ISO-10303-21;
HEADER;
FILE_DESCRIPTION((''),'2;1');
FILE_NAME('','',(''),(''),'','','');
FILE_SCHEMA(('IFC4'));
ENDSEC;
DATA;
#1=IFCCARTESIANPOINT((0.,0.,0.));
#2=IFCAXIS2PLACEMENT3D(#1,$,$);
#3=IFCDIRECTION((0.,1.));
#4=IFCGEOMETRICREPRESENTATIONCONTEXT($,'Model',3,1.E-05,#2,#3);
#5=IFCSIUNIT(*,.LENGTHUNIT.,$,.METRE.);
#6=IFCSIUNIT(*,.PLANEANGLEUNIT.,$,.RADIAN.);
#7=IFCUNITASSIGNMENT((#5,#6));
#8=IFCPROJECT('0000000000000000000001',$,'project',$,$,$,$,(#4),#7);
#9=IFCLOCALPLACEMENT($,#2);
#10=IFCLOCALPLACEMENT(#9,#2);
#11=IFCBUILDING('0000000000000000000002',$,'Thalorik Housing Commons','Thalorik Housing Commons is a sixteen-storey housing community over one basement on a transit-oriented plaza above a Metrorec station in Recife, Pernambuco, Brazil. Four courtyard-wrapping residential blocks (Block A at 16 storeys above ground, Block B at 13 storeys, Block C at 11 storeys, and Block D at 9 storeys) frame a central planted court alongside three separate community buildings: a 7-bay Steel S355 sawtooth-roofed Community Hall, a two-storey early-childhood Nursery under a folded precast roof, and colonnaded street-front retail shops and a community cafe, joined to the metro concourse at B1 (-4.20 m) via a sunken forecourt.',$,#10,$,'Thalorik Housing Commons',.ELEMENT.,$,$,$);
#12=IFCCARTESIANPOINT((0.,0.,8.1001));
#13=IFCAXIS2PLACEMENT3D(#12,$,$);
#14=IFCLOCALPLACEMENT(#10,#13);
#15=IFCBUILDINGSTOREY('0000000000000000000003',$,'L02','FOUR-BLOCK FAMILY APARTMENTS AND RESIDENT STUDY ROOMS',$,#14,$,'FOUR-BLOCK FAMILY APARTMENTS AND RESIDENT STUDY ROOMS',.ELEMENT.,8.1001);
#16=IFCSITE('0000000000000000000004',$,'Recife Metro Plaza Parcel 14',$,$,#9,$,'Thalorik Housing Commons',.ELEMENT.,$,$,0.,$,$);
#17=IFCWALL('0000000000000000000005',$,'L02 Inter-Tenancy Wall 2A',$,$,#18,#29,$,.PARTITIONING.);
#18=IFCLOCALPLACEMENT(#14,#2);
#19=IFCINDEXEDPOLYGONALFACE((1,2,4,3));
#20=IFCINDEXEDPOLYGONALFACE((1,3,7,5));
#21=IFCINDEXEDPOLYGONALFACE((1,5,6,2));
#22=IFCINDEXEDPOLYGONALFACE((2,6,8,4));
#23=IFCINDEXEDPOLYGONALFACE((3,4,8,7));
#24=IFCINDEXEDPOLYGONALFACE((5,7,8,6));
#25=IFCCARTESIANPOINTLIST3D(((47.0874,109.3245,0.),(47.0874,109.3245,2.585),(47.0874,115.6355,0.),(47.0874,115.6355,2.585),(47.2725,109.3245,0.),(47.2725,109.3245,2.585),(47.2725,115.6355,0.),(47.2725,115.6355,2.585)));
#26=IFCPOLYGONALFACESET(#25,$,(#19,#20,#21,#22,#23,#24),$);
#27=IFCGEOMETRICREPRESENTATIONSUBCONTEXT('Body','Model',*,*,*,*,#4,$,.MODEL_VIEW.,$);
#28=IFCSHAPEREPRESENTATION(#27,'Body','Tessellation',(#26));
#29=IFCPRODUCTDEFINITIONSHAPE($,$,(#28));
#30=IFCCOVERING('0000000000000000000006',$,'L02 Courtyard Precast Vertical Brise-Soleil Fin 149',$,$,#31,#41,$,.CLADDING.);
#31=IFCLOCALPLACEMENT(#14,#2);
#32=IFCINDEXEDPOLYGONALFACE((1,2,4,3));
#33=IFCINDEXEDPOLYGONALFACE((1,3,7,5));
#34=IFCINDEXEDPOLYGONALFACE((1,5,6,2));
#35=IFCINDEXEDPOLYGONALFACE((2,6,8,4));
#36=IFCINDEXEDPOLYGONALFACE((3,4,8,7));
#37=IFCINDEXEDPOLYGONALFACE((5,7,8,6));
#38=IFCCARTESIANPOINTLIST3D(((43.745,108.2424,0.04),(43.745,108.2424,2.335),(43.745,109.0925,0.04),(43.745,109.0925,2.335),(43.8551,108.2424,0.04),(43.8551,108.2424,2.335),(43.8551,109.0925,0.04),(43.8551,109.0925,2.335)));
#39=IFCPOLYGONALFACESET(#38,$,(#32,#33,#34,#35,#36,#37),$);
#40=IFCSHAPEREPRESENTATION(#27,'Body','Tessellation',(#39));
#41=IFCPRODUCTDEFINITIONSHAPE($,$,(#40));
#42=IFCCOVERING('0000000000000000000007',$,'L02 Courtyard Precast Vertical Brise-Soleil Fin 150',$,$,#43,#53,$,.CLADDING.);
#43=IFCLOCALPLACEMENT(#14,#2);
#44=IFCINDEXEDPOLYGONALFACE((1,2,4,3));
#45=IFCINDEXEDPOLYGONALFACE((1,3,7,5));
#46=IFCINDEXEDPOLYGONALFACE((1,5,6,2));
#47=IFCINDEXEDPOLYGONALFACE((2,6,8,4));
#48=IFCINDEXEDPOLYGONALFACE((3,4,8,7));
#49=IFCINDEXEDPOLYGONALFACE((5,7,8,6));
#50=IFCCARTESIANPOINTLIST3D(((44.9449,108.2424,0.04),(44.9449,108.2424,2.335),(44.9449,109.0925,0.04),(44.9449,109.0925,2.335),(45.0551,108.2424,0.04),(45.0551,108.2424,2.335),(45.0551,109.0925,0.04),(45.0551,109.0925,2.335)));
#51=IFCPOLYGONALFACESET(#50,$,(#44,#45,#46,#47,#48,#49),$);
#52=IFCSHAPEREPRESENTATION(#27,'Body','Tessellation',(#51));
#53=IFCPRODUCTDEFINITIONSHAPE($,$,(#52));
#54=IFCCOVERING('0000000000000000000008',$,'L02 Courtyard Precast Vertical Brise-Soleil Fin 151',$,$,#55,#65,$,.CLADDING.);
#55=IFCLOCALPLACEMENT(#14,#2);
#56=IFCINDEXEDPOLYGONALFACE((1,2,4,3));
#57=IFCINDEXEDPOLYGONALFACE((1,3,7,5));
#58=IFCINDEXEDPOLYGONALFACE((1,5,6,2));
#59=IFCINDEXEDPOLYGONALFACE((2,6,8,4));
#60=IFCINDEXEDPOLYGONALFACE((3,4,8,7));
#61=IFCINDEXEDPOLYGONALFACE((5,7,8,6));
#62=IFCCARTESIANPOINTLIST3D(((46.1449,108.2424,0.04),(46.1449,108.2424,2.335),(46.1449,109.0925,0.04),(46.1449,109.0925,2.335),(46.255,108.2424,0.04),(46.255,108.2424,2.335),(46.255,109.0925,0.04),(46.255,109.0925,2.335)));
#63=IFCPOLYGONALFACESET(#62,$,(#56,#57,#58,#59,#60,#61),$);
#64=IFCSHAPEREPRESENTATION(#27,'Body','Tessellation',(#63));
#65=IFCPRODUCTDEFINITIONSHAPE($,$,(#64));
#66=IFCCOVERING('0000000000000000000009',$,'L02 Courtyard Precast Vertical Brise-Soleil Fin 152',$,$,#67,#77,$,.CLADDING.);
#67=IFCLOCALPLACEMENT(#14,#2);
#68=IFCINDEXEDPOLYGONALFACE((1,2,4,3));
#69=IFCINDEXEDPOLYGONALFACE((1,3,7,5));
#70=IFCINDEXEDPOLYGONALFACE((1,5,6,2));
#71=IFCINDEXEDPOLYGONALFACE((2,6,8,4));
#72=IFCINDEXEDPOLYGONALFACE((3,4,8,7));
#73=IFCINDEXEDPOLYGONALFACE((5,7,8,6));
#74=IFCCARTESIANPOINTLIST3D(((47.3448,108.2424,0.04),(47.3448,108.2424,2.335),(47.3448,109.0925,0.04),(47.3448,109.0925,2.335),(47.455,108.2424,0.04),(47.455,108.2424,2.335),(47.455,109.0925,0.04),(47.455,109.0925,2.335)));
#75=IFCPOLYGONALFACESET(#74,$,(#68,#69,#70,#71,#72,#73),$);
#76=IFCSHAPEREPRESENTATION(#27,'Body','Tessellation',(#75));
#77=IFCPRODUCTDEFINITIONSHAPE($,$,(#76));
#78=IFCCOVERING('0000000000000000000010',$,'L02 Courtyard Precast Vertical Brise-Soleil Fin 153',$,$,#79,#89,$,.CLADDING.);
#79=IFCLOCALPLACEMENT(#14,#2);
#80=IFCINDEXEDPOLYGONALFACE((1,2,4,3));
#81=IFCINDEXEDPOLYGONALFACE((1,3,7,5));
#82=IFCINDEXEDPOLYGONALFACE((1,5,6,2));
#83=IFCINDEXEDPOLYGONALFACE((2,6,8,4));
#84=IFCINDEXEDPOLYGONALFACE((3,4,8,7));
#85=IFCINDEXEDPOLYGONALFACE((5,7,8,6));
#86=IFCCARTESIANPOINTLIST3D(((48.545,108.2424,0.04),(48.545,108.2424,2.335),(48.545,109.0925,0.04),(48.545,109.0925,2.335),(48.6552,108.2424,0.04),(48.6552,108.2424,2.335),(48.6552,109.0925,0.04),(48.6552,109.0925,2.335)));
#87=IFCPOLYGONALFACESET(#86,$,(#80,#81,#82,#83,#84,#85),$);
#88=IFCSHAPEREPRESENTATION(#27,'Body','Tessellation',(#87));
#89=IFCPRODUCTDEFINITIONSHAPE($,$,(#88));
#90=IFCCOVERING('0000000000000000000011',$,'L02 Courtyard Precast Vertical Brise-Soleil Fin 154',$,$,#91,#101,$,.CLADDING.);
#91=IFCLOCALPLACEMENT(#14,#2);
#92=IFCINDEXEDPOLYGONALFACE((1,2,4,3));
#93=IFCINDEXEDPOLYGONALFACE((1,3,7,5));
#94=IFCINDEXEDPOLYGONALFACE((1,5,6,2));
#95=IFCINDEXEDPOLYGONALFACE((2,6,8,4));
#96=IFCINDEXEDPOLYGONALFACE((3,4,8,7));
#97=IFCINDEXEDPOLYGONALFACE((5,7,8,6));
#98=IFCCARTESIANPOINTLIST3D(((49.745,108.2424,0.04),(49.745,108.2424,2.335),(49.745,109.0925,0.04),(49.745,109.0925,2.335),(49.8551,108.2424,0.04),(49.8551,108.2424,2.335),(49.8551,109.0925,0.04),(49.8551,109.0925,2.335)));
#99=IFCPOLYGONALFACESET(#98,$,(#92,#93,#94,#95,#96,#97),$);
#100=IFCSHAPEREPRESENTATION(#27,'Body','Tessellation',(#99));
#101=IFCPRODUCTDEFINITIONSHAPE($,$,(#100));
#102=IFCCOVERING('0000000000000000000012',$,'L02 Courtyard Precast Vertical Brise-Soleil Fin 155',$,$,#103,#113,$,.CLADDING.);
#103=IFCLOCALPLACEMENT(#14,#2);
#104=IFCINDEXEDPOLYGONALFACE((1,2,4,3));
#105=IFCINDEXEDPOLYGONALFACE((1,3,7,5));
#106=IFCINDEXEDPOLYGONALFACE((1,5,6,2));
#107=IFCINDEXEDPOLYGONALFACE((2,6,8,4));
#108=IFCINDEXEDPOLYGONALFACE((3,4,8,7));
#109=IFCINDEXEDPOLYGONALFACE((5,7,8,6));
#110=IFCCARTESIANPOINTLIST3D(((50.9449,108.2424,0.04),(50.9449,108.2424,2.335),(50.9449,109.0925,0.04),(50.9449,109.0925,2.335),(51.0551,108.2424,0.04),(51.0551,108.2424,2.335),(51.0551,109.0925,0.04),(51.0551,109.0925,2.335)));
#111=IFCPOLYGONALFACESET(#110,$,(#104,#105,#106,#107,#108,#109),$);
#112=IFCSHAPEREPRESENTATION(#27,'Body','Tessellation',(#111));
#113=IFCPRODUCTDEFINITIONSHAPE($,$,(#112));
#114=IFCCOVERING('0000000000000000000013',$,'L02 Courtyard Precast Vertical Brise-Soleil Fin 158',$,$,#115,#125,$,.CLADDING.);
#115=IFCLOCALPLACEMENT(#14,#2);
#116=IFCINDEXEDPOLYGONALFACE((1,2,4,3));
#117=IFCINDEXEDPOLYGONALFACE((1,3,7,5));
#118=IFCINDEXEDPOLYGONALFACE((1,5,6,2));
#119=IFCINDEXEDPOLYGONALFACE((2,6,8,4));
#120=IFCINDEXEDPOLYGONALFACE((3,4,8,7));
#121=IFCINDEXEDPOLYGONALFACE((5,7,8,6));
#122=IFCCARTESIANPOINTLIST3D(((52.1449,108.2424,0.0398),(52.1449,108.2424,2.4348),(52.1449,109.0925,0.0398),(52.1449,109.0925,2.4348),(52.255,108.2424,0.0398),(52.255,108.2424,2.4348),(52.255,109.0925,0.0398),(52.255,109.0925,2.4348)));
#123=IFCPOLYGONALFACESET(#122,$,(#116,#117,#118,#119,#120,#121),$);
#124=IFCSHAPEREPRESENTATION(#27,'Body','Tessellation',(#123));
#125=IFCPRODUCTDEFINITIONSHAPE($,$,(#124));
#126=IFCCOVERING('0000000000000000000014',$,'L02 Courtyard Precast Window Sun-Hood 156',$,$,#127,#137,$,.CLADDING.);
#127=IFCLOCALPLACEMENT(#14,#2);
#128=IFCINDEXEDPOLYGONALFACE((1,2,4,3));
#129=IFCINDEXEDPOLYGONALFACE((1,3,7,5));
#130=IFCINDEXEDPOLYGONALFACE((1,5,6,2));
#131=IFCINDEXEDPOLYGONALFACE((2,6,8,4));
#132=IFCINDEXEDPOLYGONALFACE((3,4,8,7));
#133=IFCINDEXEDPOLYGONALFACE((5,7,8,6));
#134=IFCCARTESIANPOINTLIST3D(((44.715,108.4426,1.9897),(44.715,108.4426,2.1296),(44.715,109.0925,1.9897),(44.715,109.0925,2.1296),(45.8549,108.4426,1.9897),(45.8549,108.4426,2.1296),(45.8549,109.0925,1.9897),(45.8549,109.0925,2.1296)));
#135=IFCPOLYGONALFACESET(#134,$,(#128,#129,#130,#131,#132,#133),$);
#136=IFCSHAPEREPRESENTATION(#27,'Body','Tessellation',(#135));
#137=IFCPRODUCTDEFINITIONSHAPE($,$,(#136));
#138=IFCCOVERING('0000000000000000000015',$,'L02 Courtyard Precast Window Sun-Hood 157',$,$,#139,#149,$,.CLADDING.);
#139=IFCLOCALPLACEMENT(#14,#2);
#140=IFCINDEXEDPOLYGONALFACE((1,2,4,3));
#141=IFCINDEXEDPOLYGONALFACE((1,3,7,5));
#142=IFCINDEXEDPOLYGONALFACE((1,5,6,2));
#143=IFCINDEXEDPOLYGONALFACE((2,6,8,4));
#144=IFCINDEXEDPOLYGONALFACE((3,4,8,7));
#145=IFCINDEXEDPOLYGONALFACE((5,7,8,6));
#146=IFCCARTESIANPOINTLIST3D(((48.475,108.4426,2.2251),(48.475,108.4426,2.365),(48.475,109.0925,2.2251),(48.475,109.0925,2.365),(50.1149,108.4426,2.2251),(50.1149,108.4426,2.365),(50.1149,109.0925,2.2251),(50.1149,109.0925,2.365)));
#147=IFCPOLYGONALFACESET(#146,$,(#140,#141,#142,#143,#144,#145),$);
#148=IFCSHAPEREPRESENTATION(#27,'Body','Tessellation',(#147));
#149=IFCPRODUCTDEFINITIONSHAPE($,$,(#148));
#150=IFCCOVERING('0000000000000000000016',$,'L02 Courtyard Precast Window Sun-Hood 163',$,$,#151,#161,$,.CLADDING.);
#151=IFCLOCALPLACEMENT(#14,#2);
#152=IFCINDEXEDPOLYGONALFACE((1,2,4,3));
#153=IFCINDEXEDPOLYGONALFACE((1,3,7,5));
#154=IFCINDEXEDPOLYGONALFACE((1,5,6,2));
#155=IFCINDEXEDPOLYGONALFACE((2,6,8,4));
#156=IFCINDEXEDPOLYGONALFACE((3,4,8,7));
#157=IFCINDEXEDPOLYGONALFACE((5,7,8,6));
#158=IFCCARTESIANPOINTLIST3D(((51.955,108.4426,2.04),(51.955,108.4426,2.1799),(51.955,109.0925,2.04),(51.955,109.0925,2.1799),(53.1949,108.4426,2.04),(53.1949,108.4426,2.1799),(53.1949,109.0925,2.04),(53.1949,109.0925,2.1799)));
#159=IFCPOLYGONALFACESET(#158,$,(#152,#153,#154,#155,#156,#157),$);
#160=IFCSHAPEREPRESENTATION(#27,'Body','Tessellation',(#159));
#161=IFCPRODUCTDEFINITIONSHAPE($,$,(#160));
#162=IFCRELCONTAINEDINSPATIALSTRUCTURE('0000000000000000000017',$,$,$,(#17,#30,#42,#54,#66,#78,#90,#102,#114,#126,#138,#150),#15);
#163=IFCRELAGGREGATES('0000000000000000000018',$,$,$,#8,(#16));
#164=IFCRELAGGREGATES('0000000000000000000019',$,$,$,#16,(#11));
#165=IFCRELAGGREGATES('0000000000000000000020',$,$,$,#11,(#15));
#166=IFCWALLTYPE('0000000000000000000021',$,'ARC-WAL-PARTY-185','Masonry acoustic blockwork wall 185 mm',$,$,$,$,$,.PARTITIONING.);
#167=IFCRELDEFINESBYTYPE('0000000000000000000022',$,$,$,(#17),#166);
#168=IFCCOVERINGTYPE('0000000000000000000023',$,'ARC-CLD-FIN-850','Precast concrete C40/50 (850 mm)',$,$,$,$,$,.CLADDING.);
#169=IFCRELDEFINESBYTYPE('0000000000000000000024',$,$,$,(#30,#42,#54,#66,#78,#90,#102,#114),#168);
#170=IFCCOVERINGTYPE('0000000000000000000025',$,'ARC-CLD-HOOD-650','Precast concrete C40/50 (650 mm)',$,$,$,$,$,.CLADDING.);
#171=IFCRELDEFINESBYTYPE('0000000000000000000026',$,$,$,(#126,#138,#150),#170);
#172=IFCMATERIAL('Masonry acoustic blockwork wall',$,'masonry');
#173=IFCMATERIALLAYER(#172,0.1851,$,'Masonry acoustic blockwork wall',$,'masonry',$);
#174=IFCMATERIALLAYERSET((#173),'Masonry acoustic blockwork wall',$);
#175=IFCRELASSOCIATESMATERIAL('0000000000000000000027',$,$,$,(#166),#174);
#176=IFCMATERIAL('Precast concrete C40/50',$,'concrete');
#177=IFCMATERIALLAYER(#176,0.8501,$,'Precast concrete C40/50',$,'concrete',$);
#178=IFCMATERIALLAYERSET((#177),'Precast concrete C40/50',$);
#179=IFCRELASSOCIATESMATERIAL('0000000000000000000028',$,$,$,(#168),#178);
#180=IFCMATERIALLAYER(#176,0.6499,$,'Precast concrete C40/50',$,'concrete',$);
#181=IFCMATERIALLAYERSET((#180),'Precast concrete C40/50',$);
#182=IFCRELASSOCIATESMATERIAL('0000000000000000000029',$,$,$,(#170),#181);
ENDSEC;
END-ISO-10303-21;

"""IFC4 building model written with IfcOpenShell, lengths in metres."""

from ifc_helpers import new_model, si_unit, direction, frame, frame_2d, origin, origin_2d, place, context, subcontext, project, spatial, rectangle, extrude, material, layer, layer_set, type_object, element, save


model = new_model("IFC4")

# Units and contexts
model_context = context("Model", 3, precision=1e-05, world=origin(), true_north=direction((0.0, 1.0)))
body_context = subcontext(model_context, "Body", "Model", "MODEL_VIEW")
ifc_project = project(units=[si_unit("LENGTHUNIT", "METRE"), si_unit("PLANEANGLEUNIT", "RADIAN")], contexts=[model_context])

# Site, building, storey
site_placement = place(None, origin())
site = spatial("IfcSite", under=ifc_project, at=site_placement, Name="Recife Metro Plaza Parcel 14", LongName="Thalorik Housing Commons", CompositionType="ELEMENT", RefElevation=0.0)
building_placement = place(site_placement, origin())
building = spatial("IfcBuilding", under=site, at=building_placement, Name="Thalorik Housing Commons", Description="Thalorik Housing Commons is a sixteen-storey housing community over one basement on a transit-oriented plaza above a Metrorec station in Recife, Pernambuco, Brazil. Four courtyard-wrapping residential blocks (Block A at 16 storeys above ground, Block B at 13 storeys, Block C at 11 storeys, and Block D at 9 storeys) frame a central planted court alongside three separate community buildings: a 7-bay Steel S355 sawtooth-roofed Community Hall, a two-storey early-childhood Nursery under a folded precast roof, and colonnaded street-front retail shops and a community cafe, joined to the metro concourse at B1 (-4.20 m) via a sunken forecourt.", LongName="Thalorik Housing Commons", CompositionType="ELEMENT")
storey_placement = place(building_placement, frame((0.0, 0.0, 8.1001)))
storey = spatial("IfcBuildingStorey", under=building, at=storey_placement, Name="L02", Description="FOUR-BLOCK FAMILY APARTMENTS AND RESIDENT STUDY ROOMS", LongName="FOUR-BLOCK FAMILY APARTMENTS AND RESIDENT STUDY ROOMS", CompositionType="ELEMENT", Elevation=8.1001)

# Shared definitions
ifc_material_1 = material(Name="Precast concrete C40/50", Category="concrete")

# Wall
ifc_material_2 = material(Name="Masonry acoustic blockwork wall", Category="masonry")
ifc_layer_1 = layer(ifc_material_2, 0.1851, Name="Masonry acoustic blockwork wall", Category="masonry")
ifc_layer_set_1 = layer_set([ifc_layer_1], Name="Masonry acoustic blockwork wall")
wall_type_1 = type_object("IfcWallType", Name="ARC-WAL-PARTY-185", Description="Masonry acoustic blockwork wall 185 mm", PredefinedType="PARTITIONING", material=ifc_layer_set_1)
wall_1_placement = place(storey_placement, frame((47.1799, 109.3245, 0.0), z_axis=(0.0, 0.0, 1.0), x_axis=(0.0, 1.0, 0.0)))
element("IfcWall", 1, at=wall_1_placement, inside=storey, type_object=wall_type_1, Name="L02 Inter-Tenancy Wall 2A", PredefinedType="PARTITIONING", context=body_context, shape_type="SweptSolid", body=[
    extrude(rectangle(XDim=6.311, YDim=0.1851, at=frame_2d((3.1555, 0.0))), origin(), (0.0, 0.0, 1.0), 2.585),
])

# Coverings
ifc_layer_2 = layer(ifc_material_1, 0.8501, Name="Precast concrete C40/50", Category="concrete")
ifc_layer_set_2 = layer_set([ifc_layer_2], Name="Precast concrete C40/50")
covering_type_1 = type_object("IfcCoveringType", Name="ARC-CLD-FIN-850", Description="Precast concrete C40/50 (850 mm)", PredefinedType="CLADDING", material=ifc_layer_set_2)
for number, where, z_axis, x_axis, name in (
    (2, (43.8, 108.6675, 0.04), (0.0, 0.0, 1.0), (1.0, 0.0, 0.0), "L02 Courtyard Precast Vertical Brise-Soleil Fin 149"),
    (3, (45.0, 108.6675, 0.04), (0.0, 0.0, 1.0), (1.0, 0.0, 0.0), "L02 Courtyard Precast Vertical Brise-Soleil Fin 150"),
    (4, (46.2, 108.6675, 0.04), (0.0, 0.0, 1.0), (1.0, 0.0, 0.0), "L02 Courtyard Precast Vertical Brise-Soleil Fin 151"),
    (5, (47.3999, 108.6675, 0.04), (0.0, 0.0, 1.0), (1.0, 0.0, 0.0), "L02 Courtyard Precast Vertical Brise-Soleil Fin 152"),
    (6, (48.6001, 108.6675, 0.04), (0.0, 0.0, 1.0), (1.0, 0.0, 0.0), "L02 Courtyard Precast Vertical Brise-Soleil Fin 153"),
    (7, (49.8, 108.6675, 0.04), (0.0, 0.0, 1.0), (1.0, 0.0, 0.0), "L02 Courtyard Precast Vertical Brise-Soleil Fin 154"),
    (8, (51.0, 108.6675, 0.04), (0.0, 0.0, 1.0), (1.0, 0.0, 0.0), "L02 Courtyard Precast Vertical Brise-Soleil Fin 155"),
):
    element("IfcCovering", number, at=place(storey_placement, frame(where, z_axis=z_axis, x_axis=x_axis)), inside=storey, type_object=covering_type_1, Name=name, PredefinedType="CLADDING", context=body_context, shape_type="SweptSolid", body=[
        extrude(rectangle(XDim=0.1101, YDim=0.8501, at=origin_2d()), origin(), (0.0, 0.0, 1.0), 2.2949),
    ])
covering_1_placement = place(storey_placement, frame((52.2, 108.6675, 0.0398), z_axis=(0.0, 0.0, 1.0), x_axis=(1.0, 0.0, 0.0)))
element("IfcCovering", 9, at=covering_1_placement, inside=storey, type_object=covering_type_1, Name="L02 Courtyard Precast Vertical Brise-Soleil Fin 158", PredefinedType="CLADDING", context=body_context, shape_type="SweptSolid", body=[
    extrude(rectangle(XDim=0.1101, YDim=0.8501, at=origin_2d()), origin(), (0.0, 0.0, 1.0), 2.395),
])
ifc_layer_3 = layer(ifc_material_1, 0.6499, Name="Precast concrete C40/50", Category="concrete")
ifc_layer_set_3 = layer_set([ifc_layer_3], Name="Precast concrete C40/50")
covering_type_2 = type_object("IfcCoveringType", Name="ARC-CLD-HOOD-650", Description="Precast concrete C40/50 (650 mm)", PredefinedType="CLADDING", material=ifc_layer_set_3)
covering_2_placement = place(storey_placement, frame((45.2849, 108.7676, 1.9897), z_axis=(0.0, 0.0, 1.0), x_axis=(1.0, 0.0, 0.0)))
element("IfcCovering", 10, at=covering_2_placement, inside=storey, type_object=covering_type_2, Name="L02 Courtyard Precast Window Sun-Hood 156", PredefinedType="CLADDING", context=body_context, shape_type="SweptSolid", body=[
    extrude(rectangle(XDim=1.1399, YDim=0.6499, at=origin_2d()), origin(), (0.0, 0.0, 1.0), 0.1399),
])
covering_3_placement = place(storey_placement, frame((49.2949, 108.7676, 2.2251), z_axis=(0.0, 0.0, 1.0), x_axis=(1.0, 0.0, 0.0)))
element("IfcCovering", 11, at=covering_3_placement, inside=storey, type_object=covering_type_2, Name="L02 Courtyard Precast Window Sun-Hood 157", PredefinedType="CLADDING", context=body_context, shape_type="SweptSolid", body=[
    extrude(rectangle(XDim=1.6399, YDim=0.6499, at=origin_2d()), origin(), (0.0, 0.0, 1.0), 0.1399),
])
covering_4_placement = place(storey_placement, frame((52.575, 108.7676, 2.04), z_axis=(0.0, 0.0, 1.0), x_axis=(1.0, 0.0, 0.0)))
element("IfcCovering", 12, at=covering_4_placement, inside=storey, type_object=covering_type_2, Name="L02 Courtyard Precast Window Sun-Hood 163", PredefinedType="CLADDING", context=body_context, shape_type="SweptSolid", body=[
    extrude(rectangle(XDim=1.24, YDim=0.6499, at=origin_2d()), origin(), (0.0, 0.0, 1.0), 0.1399),
])

save(model, "model.ifc")
